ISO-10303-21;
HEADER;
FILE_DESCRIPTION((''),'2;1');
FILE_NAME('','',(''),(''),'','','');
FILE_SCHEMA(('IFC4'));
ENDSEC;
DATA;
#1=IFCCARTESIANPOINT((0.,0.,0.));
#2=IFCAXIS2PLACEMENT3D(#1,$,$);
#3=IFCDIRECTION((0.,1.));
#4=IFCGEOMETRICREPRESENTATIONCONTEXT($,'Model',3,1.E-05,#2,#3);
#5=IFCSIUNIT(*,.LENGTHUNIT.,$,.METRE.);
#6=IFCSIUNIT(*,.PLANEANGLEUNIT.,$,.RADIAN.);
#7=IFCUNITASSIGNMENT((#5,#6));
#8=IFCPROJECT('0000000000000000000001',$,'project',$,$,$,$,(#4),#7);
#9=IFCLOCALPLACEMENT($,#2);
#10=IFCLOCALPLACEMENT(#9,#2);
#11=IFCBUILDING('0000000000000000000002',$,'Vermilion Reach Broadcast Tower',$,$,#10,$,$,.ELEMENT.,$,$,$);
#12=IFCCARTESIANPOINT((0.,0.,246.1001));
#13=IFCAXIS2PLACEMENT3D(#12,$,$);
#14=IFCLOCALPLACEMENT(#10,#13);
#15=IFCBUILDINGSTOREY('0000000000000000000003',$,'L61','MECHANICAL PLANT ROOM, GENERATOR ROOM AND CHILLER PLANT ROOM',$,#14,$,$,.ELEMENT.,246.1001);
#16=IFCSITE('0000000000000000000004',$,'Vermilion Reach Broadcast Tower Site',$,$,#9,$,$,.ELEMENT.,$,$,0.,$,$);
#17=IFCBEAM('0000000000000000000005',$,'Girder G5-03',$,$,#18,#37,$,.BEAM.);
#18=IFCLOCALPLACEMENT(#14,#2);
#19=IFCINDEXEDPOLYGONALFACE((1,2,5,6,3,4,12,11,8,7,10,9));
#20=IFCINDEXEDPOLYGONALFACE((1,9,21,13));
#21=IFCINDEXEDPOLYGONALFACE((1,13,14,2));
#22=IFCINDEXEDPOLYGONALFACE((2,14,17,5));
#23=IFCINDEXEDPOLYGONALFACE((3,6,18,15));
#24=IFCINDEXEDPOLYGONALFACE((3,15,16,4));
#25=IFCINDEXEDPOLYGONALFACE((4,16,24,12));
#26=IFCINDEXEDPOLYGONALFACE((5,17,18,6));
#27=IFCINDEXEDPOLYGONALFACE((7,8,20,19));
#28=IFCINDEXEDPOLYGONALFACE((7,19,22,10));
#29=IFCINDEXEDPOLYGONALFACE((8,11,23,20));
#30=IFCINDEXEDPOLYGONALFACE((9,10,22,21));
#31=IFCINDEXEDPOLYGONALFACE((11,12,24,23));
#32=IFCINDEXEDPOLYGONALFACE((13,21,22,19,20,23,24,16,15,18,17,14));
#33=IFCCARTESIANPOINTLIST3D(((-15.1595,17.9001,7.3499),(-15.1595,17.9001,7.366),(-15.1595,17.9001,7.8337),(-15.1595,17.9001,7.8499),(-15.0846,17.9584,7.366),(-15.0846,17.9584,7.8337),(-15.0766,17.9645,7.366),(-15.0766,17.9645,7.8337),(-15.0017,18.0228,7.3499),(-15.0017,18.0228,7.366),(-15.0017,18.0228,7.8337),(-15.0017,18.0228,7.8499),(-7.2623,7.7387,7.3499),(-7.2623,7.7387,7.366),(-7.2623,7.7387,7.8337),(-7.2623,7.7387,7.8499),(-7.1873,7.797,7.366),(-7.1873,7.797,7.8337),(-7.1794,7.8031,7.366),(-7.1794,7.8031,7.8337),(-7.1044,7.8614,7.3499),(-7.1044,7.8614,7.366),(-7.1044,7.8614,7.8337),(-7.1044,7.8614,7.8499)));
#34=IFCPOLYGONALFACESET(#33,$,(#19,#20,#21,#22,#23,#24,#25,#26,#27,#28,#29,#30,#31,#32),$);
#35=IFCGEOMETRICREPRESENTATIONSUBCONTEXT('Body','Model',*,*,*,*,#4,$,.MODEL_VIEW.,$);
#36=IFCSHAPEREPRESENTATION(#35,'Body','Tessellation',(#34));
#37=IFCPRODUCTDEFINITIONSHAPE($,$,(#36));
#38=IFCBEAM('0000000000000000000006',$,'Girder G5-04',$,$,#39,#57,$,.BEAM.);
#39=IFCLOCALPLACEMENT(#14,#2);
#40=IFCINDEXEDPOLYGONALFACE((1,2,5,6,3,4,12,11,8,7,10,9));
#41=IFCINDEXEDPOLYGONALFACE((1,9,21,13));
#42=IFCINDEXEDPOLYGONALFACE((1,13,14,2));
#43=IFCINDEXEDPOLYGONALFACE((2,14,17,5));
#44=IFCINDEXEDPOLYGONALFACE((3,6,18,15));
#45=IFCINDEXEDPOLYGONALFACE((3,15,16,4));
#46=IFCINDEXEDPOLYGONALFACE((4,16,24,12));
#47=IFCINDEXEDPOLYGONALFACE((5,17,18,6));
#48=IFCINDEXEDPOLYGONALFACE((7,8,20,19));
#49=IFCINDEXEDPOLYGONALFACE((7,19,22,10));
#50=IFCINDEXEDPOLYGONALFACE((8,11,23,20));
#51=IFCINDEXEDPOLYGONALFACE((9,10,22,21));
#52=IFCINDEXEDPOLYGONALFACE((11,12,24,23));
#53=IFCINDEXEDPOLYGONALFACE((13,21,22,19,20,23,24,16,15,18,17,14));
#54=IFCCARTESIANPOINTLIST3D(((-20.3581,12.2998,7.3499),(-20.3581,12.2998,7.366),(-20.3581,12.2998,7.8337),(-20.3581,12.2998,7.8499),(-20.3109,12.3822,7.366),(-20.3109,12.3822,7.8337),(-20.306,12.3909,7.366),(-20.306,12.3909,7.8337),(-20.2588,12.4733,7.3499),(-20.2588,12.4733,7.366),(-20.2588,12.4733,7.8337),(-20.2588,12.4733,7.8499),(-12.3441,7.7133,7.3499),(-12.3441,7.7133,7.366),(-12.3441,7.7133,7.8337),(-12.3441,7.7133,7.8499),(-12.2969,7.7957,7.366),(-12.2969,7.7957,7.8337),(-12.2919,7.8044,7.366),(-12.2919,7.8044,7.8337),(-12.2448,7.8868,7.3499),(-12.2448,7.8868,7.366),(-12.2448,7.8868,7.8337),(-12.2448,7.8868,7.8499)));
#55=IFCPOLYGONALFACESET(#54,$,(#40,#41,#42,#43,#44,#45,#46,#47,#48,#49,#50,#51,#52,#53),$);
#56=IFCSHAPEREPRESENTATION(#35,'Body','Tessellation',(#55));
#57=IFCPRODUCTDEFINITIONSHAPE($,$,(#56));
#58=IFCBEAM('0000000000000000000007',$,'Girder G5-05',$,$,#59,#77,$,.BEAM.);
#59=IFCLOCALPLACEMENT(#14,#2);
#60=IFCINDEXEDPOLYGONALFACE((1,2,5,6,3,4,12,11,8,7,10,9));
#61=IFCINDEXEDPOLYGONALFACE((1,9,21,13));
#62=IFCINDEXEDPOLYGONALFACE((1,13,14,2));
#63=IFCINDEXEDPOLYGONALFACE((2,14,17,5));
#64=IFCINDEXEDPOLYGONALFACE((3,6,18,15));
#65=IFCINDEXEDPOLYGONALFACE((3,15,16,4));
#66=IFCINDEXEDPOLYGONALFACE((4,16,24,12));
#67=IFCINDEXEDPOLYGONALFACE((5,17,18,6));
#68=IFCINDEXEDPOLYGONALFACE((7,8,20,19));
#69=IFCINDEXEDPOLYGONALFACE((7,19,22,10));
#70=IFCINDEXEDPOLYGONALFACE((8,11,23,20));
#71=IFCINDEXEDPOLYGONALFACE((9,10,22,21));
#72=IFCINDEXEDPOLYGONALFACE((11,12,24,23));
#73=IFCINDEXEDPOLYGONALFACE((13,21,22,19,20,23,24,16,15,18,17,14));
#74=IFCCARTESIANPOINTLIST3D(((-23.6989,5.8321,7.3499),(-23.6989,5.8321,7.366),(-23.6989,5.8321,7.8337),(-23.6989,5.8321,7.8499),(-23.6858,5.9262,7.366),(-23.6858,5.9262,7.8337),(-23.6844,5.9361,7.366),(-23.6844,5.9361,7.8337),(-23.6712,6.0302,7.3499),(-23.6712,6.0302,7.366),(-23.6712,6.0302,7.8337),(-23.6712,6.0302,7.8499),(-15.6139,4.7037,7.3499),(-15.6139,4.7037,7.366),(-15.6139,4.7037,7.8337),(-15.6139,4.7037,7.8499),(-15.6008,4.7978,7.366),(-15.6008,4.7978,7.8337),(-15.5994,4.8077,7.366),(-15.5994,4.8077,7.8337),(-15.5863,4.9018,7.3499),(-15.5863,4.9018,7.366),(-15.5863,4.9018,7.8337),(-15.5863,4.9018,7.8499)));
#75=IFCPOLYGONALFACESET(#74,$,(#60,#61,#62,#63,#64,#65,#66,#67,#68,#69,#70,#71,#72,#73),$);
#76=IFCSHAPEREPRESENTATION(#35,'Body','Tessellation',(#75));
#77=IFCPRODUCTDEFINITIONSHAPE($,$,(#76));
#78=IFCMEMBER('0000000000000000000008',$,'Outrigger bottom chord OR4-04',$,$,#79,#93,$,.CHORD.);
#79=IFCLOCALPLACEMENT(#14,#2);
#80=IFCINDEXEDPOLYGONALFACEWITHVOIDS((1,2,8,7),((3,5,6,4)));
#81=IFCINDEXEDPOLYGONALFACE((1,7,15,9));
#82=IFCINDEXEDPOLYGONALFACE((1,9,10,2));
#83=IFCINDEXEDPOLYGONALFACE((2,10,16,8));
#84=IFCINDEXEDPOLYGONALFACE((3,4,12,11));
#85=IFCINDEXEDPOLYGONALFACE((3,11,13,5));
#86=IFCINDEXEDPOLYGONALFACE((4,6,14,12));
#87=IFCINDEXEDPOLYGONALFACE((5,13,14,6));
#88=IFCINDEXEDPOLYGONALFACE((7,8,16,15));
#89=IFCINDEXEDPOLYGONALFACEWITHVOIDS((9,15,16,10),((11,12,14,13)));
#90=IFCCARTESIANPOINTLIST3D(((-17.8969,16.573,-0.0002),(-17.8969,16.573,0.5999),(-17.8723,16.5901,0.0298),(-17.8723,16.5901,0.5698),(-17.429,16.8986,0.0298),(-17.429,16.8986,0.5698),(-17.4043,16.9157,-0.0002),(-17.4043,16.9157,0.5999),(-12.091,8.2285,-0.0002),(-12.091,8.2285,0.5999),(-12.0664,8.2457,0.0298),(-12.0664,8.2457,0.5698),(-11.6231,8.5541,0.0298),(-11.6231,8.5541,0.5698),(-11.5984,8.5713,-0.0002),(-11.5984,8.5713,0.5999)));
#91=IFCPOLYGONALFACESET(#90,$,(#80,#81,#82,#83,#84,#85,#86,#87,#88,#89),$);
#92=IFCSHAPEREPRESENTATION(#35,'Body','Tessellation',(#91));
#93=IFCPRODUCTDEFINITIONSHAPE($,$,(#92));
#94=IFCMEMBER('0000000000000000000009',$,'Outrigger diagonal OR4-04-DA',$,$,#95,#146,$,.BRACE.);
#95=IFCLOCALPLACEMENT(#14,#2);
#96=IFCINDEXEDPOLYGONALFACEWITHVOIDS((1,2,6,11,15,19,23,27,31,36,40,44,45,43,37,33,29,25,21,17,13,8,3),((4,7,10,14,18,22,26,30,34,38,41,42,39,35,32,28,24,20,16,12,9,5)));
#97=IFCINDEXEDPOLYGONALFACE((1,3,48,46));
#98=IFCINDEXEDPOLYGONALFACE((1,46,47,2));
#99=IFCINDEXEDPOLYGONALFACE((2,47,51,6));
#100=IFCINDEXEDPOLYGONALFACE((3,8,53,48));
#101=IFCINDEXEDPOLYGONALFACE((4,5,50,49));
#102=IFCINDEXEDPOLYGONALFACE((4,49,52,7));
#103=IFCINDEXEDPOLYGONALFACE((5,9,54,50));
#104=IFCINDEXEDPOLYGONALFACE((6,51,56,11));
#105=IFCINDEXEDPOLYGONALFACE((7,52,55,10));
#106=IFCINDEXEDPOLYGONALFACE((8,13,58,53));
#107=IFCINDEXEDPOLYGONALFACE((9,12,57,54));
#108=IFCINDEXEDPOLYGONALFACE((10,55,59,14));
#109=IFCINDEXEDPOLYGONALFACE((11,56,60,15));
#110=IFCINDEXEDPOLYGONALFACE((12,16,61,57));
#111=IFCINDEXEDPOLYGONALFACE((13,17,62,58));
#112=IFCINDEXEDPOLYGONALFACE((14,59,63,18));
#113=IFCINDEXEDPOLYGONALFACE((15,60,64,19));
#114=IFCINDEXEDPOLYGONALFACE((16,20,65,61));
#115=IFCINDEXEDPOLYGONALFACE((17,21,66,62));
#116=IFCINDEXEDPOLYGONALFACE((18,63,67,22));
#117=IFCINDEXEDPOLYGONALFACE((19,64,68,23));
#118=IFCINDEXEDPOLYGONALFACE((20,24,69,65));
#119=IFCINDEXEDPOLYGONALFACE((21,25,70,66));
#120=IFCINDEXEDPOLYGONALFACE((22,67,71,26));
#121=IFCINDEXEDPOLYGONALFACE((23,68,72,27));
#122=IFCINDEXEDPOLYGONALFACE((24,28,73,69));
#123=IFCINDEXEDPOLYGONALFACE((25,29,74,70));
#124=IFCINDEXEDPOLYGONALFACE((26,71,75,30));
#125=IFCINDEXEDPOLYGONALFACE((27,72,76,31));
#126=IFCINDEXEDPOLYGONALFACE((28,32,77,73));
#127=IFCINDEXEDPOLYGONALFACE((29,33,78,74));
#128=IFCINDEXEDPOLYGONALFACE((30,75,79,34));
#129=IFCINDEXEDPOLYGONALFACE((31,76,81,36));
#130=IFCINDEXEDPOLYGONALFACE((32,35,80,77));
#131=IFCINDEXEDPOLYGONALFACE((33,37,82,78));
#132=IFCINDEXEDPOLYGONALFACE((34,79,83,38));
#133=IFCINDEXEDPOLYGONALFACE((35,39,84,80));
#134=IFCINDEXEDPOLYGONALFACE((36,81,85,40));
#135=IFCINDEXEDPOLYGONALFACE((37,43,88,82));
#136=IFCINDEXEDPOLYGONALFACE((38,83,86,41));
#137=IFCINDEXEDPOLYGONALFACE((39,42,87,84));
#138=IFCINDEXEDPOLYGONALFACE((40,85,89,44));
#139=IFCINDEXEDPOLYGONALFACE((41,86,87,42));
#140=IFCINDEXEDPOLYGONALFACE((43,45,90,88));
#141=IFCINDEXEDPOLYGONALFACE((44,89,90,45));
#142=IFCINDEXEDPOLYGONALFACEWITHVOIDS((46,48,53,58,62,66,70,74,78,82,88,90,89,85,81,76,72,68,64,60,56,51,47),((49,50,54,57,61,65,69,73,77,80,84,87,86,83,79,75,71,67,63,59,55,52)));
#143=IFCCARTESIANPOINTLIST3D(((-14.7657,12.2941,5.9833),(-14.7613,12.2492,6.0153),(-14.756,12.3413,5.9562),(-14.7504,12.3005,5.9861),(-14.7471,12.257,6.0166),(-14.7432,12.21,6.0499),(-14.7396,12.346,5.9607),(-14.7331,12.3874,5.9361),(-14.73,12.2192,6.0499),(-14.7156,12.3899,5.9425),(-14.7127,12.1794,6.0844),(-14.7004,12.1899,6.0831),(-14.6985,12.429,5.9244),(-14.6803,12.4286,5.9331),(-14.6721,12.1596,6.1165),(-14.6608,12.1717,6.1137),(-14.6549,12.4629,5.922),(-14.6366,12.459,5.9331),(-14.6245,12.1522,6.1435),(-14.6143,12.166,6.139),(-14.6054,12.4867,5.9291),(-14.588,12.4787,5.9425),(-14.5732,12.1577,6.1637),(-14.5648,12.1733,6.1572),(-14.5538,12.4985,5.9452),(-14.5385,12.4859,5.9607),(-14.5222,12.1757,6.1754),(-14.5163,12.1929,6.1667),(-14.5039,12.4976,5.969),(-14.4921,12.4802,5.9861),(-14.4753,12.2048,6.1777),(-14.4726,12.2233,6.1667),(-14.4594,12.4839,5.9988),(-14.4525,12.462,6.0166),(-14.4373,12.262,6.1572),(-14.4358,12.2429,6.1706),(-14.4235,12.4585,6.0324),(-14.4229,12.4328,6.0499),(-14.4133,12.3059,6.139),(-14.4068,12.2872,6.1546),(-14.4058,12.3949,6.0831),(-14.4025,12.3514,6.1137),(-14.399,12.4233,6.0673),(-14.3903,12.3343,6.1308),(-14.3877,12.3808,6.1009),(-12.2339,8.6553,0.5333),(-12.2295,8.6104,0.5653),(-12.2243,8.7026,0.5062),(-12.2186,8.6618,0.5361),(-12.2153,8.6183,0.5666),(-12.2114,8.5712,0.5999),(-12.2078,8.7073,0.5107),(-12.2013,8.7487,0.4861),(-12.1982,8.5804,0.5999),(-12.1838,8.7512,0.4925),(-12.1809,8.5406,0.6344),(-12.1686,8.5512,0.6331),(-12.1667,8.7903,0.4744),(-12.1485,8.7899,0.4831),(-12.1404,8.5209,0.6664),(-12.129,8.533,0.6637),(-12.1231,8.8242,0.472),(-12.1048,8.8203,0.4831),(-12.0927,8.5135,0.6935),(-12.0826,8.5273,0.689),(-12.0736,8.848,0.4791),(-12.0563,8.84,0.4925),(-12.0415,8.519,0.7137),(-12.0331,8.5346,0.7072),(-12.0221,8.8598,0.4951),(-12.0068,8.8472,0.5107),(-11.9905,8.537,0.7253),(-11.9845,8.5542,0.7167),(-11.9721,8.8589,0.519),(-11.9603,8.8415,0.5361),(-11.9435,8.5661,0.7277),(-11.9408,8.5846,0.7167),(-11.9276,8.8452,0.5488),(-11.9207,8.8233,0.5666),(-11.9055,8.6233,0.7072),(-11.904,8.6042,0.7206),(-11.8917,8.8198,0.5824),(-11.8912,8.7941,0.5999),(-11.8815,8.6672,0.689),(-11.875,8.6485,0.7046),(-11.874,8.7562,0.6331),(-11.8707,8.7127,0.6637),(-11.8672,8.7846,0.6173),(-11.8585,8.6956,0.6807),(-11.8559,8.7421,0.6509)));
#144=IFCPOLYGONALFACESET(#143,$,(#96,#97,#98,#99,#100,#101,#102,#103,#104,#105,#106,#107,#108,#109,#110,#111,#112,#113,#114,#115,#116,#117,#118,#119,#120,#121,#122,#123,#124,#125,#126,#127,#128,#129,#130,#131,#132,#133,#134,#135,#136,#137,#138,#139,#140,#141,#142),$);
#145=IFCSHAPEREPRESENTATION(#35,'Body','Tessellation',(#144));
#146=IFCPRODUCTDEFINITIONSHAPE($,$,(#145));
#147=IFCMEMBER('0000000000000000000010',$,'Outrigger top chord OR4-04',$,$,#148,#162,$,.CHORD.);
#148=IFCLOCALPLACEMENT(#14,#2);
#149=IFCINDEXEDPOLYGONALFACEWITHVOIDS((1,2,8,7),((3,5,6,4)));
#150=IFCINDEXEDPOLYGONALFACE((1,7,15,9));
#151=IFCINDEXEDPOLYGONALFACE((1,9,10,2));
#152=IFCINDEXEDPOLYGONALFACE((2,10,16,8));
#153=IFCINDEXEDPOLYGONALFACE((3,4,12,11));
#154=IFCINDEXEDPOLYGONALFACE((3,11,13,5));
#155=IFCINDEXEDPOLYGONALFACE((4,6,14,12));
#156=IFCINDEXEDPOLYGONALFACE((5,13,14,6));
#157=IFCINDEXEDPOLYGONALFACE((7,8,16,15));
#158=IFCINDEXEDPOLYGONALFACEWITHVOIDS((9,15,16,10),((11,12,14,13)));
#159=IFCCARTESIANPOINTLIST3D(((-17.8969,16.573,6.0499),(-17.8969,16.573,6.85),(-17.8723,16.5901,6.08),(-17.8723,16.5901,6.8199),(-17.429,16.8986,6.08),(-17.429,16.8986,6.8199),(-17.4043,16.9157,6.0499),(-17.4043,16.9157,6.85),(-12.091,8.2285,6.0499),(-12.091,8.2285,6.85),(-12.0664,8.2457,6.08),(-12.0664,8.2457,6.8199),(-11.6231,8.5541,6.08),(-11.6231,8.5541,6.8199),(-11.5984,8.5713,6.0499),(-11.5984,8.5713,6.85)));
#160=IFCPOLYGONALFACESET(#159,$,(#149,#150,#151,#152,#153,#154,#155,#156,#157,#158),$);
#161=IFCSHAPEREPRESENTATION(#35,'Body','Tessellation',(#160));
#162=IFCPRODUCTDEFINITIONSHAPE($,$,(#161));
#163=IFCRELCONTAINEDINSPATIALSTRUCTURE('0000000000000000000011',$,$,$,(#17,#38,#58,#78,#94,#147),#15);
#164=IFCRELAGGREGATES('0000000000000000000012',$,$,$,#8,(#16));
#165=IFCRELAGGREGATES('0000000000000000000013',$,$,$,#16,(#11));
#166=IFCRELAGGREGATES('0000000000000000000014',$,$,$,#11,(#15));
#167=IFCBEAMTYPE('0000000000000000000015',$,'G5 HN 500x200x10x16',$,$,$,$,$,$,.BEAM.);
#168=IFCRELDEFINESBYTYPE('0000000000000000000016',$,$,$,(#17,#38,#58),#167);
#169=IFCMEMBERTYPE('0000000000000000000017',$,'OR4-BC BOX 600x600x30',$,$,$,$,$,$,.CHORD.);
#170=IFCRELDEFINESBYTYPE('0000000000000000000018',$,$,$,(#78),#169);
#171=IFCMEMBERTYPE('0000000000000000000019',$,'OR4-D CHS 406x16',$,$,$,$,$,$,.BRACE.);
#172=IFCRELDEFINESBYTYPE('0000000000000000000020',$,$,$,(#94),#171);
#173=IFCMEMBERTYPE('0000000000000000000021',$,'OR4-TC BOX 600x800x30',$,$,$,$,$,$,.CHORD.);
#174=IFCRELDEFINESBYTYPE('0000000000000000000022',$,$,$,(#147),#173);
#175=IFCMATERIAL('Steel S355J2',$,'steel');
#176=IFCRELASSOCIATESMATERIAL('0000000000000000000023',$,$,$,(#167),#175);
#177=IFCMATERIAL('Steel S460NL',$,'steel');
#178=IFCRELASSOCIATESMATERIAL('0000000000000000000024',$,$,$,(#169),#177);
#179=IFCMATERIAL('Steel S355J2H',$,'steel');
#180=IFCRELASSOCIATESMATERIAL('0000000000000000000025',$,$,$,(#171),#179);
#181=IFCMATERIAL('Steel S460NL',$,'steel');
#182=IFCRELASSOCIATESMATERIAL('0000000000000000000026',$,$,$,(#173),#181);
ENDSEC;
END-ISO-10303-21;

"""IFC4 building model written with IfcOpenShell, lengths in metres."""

from ifc_helpers import new_model, si_unit, direction, frame, origin, origin_2d, place, context, subcontext, project, spatial, hollow_rectangle, hollow_circle, i_section, extrude, material, material_profile, profile_set, type_object, element, save


model = new_model("IFC4")

# Units and contexts
model_context = context("Model", 3, precision=1e-05, world=origin(), true_north=direction((0.0, 1.0)))
body_context = subcontext(model_context, "Body", "Model", "MODEL_VIEW")
ifc_project = project(units=[si_unit("LENGTHUNIT", "METRE"), si_unit("PLANEANGLEUNIT", "RADIAN")], contexts=[model_context])

# Site, building, storey
site_placement = place(None, origin())
site = spatial("IfcSite", under=ifc_project, at=site_placement, Name="Vermilion Reach Broadcast Tower Site", CompositionType="ELEMENT", RefElevation=0.0)
building_placement = place(site_placement, origin())
building = spatial("IfcBuilding", under=site, at=building_placement, Name="Vermilion Reach Broadcast Tower", CompositionType="ELEMENT")
storey_placement = place(building_placement, frame((0.0, 0.0, 246.1001)))
storey = spatial("IfcBuildingStorey", under=building, at=storey_placement, Name="L61", Description="MECHANICAL PLANT ROOM, GENERATOR ROOM AND CHILLER PLANT ROOM", CompositionType="ELEMENT", Elevation=246.1001)

# Beams
ifc_material_1 = material(Name="Steel S355J2", Category="steel")
ifc_material_profile_1 = material_profile(ifc_material_1, i_section(OverallWidth=0.2, OverallDepth=0.5, WebThickness=0.01, FlangeThickness=0.0161, at=origin_2d()), Name="S355J2 HN 500x200x10x16")
ifc_profile_set_1 = profile_set([ifc_material_profile_1], Name="Steel S355J2")
beam_type = type_object("IfcBeamType", Name="G5 HN 500x200x10x16", PredefinedType="BEAM", material=ifc_profile_set_1)
beam_1_placement = place(storey_placement, frame((-7.1833, 7.8, 7.5999), z_axis=(-0.613646, 0.789581, 0.0), x_axis=(-0.789581, -0.613646, 0.0)))
element("IfcBeam", 1, at=beam_1_placement, inside=storey, type_object=beam_type, Name="Girder G5-03", PredefinedType="BEAM", context=body_context, shape_type="SweptSolid", body=[
    extrude(i_section(OverallWidth=0.2, OverallDepth=0.5, WebThickness=0.01, FlangeThickness=0.0161, at=origin_2d()), origin(), (0.0, 0.0, 1.0), 12.8694),
])
beam_2_placement = place(storey_placement, frame((-12.2944, 7.8, 7.5999), z_axis=(-0.867914, 0.496714, 0.0), x_axis=(-0.496714, -0.867914, 0.0)))
element("IfcBeam", 2, at=beam_2_placement, inside=storey, type_object=beam_type, Name="Girder G5-04", PredefinedType="BEAM", context=body_context, shape_type="SweptSolid", body=[
    extrude(i_section(OverallWidth=0.2, OverallDepth=0.5, WebThickness=0.01, FlangeThickness=0.0161, at=origin_2d()), origin(), (0.0, 0.0, 1.0), 9.2336),
])
beam_3_placement = place(storey_placement, frame((-15.6001, 4.8027, 7.5999), z_axis=(-0.9904, 0.13823, 0.0), x_axis=(-0.13823, -0.9904, 0.0)))
element("IfcBeam", 3, at=beam_3_placement, inside=storey, type_object=beam_type, Name="Girder G5-05", PredefinedType="BEAM", context=body_context, shape_type="SweptSolid", body=[
    extrude(i_section(OverallWidth=0.2, OverallDepth=0.5, WebThickness=0.01, FlangeThickness=0.0161, at=origin_2d()), origin(), (0.0, 0.0, 1.0), 8.1633),
])

# Members
ifc_material_2 = material(Name="Steel S460NL", Category="steel")
ifc_material_profile_2 = material_profile(ifc_material_2, hollow_rectangle(XDim=0.6001, YDim=0.6001, WallThickness=0.03, at=origin_2d()), Name="S460NL BOX 600x600x30")
ifc_profile_set_2 = profile_set([ifc_material_profile_2], Name="Steel S460NL")
member_type_1 = type_object("IfcMemberType", Name="OR4-BC BOX 600x600x30", PredefinedType="CHORD", material=ifc_profile_set_2)
member_1_placement = place(storey_placement, frame((-11.8447, 8.3999, 0.2998), z_axis=(-0.571134, 0.820857, 0.0), x_axis=(-0.820857, -0.571134, 0.0)))
element("IfcMember", 4, at=member_1_placement, inside=storey, type_object=member_type_1, Name="Outrigger bottom chord OR4-04", PredefinedType="CHORD", context=body_context, shape_type="SweptSolid", body=[
    extrude(hollow_rectangle(XDim=0.6001, YDim=0.6001, WallThickness=0.03, at=origin_2d()), origin(), (0.0, 0.0, 1.0), 10.1655),
])
ifc_material_3 = material(Name="Steel S355J2H", Category="steel")
ifc_material_profile_3 = material_profile(ifc_material_3, hollow_circle(Radius=0.2031, WallThickness=0.0161, at=origin_2d()), Name="S355J2H CHS 406x16")
ifc_profile_set_3 = profile_set([ifc_material_profile_3], Name="Steel S355J2H")
member_type_2 = type_object("IfcMemberType", Name="OR4-D CHS 406x16", PredefinedType="BRACE", material=ifc_profile_set_3)
member_2_placement = place(storey_placement, frame((-12.0447, 8.6873, 0.5999), z_axis=(-0.360386, 0.517955, 0.775786), x_axis=(-0.820854, -0.571139, 0.0)))
element("IfcMember", 5, at=member_2_placement, inside=storey, type_object=member_type_2, Name="Outrigger diagonal OR4-04-DA", PredefinedType="BRACE", context=body_context, shape_type="SweptSolid", body=[
    extrude(hollow_circle(Radius=0.2031, WallThickness=0.0161, at=origin_2d()), origin(), (0.0, 0.0, 1.0), 7.0251),
])
ifc_material_4 = material(Name="Steel S460NL", Category="steel")
ifc_material_profile_4 = material_profile(ifc_material_4, hollow_rectangle(XDim=0.6001, YDim=0.8, WallThickness=0.03, at=origin_2d()), Name="S460NL BOX 600x800x30")
ifc_profile_set_4 = profile_set([ifc_material_profile_4], Name="Steel S460NL")
member_type_3 = type_object("IfcMemberType", Name="OR4-TC BOX 600x800x30", PredefinedType="CHORD", material=ifc_profile_set_4)
member_3_placement = place(storey_placement, frame((-11.8447, 8.3999, 6.45), z_axis=(-0.571134, 0.820857, 0.0), x_axis=(-0.820857, -0.571134, 0.0)))
element("IfcMember", 6, at=member_3_placement, inside=storey, type_object=member_type_3, Name="Outrigger top chord OR4-04", PredefinedType="CHORD", context=body_context, shape_type="SweptSolid", body=[
    extrude(hollow_rectangle(XDim=0.6001, YDim=0.8, WallThickness=0.03, at=origin_2d()), origin(), (0.0, 0.0, 1.0), 10.1655),
])

save(model, "model.ifc")
